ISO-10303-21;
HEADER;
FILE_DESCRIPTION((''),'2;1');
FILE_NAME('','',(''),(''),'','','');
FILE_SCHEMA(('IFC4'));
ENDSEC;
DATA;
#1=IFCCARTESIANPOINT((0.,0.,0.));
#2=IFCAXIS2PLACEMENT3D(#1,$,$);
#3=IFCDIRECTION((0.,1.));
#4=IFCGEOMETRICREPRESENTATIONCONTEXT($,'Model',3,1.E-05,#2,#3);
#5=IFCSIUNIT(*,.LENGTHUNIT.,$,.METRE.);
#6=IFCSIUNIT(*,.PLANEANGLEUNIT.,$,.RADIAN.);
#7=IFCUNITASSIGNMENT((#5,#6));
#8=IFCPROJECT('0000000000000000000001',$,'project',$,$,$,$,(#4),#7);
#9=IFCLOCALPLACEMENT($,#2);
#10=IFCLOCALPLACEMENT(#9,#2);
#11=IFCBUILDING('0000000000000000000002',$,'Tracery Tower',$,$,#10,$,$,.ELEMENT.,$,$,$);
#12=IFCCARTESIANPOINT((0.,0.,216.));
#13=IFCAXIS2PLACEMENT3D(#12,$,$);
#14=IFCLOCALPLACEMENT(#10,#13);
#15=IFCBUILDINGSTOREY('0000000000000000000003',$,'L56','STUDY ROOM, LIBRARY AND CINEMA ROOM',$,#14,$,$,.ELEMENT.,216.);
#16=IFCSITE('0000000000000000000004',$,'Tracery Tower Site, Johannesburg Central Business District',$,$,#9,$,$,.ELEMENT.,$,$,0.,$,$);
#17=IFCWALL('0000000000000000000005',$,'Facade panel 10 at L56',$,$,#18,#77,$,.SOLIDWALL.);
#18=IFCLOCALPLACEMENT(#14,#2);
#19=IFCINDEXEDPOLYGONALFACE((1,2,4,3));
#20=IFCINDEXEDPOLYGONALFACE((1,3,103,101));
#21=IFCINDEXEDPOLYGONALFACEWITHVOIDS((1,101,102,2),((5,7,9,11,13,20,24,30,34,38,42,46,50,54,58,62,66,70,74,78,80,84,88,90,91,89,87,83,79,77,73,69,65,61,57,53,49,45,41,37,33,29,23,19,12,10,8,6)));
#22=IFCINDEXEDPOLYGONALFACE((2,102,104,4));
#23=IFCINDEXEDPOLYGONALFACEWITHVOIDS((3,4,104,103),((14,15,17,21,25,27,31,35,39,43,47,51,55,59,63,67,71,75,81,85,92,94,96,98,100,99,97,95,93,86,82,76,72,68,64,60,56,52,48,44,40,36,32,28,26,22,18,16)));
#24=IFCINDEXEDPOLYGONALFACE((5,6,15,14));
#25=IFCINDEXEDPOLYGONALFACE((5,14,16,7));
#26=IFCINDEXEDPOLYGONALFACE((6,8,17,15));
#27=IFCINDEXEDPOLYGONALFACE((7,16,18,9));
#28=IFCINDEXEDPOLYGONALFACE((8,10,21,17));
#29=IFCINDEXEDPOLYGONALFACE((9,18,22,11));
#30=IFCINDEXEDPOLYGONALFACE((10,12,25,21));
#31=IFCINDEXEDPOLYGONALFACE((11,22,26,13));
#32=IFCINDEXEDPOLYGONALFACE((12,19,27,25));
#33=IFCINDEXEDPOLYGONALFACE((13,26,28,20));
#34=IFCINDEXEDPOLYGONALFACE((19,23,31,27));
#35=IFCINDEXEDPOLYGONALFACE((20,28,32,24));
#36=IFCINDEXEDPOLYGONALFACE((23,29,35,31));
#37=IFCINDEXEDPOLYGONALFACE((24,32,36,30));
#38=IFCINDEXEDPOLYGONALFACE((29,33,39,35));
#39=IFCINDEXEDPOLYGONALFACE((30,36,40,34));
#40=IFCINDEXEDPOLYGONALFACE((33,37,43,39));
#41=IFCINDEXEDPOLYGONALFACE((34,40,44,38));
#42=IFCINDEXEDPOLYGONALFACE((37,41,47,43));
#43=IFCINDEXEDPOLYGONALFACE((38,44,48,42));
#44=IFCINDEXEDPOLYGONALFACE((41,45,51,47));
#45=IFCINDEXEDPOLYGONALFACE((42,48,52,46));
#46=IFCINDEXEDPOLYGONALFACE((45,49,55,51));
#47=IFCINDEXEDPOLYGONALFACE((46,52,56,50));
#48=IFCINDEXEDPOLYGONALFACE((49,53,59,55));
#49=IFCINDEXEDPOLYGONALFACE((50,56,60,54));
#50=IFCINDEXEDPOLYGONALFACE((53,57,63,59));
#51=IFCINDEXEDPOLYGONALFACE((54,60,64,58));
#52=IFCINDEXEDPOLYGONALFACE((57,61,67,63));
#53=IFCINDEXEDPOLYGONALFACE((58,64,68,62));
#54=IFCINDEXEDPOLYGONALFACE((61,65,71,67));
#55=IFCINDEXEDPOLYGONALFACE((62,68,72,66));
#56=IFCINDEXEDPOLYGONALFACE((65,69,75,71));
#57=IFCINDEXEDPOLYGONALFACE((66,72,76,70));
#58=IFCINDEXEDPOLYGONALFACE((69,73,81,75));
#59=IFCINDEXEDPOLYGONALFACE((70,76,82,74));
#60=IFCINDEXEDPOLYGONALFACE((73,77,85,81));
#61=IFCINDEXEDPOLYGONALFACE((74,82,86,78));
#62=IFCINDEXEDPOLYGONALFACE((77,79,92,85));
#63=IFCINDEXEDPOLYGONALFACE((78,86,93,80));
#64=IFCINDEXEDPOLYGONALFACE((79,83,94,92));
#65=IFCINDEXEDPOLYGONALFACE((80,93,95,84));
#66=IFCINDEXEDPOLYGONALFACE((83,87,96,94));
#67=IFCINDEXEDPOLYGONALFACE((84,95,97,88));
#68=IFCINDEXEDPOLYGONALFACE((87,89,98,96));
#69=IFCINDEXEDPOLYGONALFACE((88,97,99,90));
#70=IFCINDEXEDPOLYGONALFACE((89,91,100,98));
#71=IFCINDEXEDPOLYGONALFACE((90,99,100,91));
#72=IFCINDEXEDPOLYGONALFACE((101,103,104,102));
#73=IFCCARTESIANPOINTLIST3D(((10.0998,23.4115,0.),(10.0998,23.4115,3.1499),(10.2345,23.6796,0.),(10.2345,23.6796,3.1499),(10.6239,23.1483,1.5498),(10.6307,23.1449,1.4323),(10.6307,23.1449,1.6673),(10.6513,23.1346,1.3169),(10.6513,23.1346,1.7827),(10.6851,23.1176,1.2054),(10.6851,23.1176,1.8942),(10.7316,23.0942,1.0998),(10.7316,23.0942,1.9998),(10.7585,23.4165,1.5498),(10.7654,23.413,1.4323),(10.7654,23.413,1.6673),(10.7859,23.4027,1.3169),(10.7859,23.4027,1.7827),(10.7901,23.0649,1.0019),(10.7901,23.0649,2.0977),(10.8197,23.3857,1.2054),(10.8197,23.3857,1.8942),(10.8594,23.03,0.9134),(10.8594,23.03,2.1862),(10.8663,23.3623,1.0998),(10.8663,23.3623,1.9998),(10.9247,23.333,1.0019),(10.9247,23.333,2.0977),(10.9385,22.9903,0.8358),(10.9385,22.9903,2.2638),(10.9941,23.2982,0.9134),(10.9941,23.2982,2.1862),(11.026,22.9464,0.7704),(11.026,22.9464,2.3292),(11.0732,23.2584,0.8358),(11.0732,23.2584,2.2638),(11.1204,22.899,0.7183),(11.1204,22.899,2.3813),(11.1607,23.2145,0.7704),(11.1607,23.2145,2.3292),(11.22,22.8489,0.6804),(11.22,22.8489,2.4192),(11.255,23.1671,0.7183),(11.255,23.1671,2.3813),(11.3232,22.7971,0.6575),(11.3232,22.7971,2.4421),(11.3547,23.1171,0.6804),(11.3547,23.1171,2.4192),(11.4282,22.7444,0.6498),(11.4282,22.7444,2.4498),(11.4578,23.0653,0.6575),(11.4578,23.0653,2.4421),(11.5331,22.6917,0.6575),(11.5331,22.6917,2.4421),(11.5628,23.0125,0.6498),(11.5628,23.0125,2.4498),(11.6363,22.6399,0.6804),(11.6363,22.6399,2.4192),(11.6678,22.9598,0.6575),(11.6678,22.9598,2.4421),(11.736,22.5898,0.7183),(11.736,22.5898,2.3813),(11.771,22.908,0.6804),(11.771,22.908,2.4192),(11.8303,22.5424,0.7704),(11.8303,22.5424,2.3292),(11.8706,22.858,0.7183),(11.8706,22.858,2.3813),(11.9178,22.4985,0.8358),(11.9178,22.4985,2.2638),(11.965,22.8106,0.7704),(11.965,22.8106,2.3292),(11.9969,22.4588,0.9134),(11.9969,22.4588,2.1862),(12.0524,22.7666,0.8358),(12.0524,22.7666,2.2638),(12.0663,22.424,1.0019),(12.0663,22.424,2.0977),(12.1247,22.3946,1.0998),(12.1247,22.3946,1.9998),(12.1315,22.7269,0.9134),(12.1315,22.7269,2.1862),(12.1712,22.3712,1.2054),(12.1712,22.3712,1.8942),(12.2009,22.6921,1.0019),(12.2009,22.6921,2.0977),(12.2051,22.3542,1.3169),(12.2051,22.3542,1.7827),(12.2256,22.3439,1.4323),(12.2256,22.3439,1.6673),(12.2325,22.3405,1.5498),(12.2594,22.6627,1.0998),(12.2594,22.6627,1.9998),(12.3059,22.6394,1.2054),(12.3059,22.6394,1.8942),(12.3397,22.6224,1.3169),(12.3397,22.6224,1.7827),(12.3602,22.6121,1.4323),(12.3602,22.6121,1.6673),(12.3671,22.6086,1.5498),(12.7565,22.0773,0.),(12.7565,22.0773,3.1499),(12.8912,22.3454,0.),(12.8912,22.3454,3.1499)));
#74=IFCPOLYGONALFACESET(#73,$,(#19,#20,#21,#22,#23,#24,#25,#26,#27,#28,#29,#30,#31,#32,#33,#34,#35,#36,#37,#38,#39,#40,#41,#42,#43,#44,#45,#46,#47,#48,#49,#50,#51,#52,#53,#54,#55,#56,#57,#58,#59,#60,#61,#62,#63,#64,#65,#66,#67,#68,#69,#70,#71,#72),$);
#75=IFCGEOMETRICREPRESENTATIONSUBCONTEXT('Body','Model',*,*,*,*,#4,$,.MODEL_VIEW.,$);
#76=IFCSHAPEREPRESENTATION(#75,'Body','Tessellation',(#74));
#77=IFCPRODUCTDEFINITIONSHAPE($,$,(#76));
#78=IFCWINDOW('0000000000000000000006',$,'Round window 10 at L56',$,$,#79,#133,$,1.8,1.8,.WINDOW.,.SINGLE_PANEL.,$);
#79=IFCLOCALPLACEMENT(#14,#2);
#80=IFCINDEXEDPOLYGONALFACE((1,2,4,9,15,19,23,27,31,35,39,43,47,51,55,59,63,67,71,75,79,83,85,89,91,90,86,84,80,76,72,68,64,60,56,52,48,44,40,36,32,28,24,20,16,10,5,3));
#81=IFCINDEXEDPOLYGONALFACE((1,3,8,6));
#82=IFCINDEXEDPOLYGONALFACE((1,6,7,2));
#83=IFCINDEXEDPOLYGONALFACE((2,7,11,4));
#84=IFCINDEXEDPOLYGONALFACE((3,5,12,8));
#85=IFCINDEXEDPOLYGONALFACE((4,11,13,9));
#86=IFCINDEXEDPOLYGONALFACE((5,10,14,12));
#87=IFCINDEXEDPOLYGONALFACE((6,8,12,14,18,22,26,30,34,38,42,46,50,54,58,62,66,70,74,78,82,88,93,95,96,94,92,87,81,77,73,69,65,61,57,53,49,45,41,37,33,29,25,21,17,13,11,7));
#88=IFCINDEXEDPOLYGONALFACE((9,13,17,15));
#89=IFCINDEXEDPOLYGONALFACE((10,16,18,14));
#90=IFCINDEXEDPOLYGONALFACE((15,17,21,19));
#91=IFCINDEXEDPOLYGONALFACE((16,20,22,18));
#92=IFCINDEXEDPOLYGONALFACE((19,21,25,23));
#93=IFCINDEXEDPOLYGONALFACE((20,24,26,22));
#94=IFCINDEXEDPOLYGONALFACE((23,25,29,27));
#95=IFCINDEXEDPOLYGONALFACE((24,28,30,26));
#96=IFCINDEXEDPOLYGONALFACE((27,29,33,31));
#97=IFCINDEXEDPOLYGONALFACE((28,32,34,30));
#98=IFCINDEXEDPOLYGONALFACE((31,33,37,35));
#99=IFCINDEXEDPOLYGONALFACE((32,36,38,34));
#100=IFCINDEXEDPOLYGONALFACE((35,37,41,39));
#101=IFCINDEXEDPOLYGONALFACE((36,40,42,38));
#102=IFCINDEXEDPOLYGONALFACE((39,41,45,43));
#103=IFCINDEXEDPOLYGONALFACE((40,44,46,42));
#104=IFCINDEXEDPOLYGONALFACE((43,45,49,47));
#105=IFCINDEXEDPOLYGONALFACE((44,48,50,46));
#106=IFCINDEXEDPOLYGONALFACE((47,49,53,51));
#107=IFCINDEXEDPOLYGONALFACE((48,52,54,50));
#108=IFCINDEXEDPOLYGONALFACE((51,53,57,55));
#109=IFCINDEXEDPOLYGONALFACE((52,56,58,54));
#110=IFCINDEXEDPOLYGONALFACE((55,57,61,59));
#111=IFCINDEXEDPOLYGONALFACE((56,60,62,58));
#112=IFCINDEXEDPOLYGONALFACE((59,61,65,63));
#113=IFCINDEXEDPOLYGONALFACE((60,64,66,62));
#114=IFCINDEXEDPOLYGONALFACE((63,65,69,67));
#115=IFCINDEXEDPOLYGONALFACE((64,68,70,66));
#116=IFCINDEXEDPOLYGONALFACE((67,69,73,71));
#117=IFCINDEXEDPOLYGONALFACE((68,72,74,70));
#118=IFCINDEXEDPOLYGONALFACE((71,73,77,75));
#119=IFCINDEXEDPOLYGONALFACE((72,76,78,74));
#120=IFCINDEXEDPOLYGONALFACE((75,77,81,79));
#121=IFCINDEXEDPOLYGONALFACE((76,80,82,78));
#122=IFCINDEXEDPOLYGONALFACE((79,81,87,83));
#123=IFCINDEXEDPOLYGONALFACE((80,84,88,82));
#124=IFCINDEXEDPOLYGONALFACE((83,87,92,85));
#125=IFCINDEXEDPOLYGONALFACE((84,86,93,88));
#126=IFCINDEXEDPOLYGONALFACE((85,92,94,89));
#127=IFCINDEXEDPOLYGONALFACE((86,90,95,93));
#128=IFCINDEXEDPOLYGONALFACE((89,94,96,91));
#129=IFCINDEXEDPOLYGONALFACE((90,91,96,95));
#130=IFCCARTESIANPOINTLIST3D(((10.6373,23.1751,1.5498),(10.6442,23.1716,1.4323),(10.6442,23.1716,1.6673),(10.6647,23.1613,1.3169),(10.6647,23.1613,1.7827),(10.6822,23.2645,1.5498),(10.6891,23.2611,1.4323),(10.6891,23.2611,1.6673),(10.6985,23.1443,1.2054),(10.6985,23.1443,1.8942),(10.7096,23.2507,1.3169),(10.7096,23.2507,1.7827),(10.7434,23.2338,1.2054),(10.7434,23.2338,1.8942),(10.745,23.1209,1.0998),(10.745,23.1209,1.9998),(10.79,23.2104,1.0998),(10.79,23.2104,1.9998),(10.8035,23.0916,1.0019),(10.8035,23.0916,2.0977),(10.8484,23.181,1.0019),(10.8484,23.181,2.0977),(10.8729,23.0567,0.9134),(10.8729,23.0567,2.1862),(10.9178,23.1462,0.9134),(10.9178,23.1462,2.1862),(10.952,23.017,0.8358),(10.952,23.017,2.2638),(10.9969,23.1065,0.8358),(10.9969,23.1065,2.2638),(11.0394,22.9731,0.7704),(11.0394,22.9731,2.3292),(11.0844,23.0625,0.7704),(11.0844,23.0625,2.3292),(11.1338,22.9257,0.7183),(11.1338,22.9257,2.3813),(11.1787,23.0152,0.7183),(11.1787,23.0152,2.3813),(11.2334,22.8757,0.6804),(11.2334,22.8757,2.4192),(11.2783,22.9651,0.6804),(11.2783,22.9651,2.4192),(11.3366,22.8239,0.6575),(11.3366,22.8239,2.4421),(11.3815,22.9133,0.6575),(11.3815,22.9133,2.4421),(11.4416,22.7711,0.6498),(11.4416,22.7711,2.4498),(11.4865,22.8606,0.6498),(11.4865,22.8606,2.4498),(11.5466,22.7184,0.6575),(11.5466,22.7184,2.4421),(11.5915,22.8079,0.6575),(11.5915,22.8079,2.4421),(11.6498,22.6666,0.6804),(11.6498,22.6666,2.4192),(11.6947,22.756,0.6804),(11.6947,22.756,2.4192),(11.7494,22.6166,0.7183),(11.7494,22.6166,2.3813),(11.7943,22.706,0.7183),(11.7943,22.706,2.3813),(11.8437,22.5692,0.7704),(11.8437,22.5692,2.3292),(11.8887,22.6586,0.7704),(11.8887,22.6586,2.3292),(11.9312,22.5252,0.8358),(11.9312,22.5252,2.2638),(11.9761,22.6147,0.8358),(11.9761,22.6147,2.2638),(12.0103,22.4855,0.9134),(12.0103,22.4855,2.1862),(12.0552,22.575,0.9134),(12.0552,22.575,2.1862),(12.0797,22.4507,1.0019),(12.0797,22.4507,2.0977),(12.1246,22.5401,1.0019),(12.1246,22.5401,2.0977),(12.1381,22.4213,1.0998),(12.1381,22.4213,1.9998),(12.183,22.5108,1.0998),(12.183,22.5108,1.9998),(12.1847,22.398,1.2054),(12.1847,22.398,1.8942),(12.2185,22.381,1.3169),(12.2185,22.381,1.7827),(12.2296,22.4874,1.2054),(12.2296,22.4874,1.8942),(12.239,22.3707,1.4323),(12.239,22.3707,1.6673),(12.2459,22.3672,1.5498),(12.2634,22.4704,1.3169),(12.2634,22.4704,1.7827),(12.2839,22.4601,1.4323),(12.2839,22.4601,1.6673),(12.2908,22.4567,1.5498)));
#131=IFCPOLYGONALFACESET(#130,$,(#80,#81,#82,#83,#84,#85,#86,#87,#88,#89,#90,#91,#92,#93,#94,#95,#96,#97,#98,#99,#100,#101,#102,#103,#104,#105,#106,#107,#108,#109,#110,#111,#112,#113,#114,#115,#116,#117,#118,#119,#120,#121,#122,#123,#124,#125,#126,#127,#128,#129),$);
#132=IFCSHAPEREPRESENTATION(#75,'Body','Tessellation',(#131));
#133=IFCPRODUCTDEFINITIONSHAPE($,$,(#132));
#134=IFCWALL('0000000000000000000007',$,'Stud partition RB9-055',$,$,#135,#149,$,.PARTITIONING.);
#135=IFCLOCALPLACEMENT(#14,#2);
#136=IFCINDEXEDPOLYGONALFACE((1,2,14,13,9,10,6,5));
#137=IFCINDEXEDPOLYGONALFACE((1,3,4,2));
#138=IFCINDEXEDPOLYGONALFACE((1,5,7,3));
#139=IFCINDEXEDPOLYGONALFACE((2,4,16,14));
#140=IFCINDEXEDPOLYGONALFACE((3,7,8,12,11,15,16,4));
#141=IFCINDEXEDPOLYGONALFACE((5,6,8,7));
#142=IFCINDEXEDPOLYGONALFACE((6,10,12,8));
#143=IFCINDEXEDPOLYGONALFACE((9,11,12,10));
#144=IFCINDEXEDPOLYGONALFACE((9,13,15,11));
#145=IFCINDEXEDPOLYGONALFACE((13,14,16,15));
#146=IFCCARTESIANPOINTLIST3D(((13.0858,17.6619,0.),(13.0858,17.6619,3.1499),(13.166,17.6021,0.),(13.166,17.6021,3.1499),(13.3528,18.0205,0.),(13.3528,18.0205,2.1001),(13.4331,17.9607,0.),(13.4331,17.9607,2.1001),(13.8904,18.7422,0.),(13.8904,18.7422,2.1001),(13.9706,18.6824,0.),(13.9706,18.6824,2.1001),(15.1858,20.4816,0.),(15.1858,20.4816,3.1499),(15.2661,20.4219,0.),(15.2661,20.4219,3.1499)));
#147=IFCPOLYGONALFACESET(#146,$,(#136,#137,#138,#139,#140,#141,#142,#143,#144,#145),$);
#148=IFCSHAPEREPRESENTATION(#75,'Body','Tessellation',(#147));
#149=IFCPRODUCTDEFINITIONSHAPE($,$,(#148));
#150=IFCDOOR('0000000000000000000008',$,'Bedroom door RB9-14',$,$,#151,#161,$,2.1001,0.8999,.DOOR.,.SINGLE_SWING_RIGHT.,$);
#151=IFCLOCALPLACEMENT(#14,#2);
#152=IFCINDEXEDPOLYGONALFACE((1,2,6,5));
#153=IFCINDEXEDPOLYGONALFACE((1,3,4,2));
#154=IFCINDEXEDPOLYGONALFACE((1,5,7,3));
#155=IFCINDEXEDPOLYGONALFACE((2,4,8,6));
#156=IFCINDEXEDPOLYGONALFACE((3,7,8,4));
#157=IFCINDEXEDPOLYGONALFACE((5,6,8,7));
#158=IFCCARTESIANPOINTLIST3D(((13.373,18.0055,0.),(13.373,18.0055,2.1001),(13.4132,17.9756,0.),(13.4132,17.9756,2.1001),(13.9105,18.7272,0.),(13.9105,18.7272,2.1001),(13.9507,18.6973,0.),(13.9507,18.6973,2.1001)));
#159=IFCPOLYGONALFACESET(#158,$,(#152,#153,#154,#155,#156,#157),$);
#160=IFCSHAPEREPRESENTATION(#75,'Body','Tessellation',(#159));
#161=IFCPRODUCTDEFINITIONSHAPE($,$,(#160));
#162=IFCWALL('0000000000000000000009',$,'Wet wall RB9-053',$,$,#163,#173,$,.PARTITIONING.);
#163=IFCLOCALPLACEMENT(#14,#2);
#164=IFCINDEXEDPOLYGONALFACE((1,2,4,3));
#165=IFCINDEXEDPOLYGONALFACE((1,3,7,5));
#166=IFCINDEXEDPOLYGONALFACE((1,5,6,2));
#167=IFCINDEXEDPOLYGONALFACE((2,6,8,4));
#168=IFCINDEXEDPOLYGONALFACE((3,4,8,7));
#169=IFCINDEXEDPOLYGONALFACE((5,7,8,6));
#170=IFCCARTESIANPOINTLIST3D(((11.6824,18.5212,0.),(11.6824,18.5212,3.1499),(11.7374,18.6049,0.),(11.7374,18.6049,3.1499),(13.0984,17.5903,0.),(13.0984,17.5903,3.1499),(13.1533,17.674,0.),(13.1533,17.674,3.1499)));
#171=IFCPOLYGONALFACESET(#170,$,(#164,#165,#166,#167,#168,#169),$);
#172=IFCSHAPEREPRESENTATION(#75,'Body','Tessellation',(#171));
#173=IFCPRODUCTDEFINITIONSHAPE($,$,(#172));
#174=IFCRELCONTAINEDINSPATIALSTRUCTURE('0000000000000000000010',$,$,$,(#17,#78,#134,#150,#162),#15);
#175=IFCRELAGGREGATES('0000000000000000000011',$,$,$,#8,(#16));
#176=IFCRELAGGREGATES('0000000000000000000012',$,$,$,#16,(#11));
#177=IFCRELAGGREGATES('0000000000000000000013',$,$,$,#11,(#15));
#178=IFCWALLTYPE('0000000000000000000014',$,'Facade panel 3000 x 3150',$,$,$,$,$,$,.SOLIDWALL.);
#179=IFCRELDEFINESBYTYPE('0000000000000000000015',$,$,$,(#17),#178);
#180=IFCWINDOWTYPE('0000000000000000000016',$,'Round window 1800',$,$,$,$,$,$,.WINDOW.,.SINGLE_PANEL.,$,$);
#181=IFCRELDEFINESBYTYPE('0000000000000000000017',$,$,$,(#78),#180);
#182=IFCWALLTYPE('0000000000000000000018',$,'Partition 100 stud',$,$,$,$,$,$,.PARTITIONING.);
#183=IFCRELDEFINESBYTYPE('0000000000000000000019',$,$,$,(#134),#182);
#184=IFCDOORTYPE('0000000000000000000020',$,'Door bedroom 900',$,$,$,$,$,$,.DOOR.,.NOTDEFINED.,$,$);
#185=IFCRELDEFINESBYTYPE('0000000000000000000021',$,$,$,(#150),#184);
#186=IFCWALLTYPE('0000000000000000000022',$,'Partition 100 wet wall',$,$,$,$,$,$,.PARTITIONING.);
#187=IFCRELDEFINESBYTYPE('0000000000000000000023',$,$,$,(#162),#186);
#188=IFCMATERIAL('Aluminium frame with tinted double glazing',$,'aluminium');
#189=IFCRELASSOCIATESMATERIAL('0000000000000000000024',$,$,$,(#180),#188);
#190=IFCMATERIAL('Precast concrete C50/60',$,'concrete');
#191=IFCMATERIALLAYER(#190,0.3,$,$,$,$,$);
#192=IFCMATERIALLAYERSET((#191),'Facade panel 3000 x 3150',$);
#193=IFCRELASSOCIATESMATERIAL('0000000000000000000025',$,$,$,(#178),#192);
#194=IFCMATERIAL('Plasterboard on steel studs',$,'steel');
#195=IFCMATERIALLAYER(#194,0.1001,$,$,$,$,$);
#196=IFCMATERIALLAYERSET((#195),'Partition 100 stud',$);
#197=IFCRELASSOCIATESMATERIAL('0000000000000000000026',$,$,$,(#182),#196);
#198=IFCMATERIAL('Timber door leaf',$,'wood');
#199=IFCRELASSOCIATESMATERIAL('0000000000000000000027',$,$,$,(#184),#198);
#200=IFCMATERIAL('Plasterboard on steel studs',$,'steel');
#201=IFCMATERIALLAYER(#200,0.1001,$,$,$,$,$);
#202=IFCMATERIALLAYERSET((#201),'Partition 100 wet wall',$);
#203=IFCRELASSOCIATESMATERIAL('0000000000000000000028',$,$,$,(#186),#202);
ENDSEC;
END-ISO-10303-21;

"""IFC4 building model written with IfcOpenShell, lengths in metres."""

from ifc_helpers import new_model, si_unit, direction, frame, frame_2d, origin, origin_2d, place, context, subcontext, project, spatial, rectangle, circle, extrude, material, layer, layer_set, type_object, element, fill, save


model = new_model("IFC4")

# Units and contexts
model_context = context("Model", 3, precision=1e-05, world=origin(), true_north=direction((0.0, 1.0)))
body_context = subcontext(model_context, "Body", "Model", "MODEL_VIEW")
ifc_project = project(units=[si_unit("LENGTHUNIT", "METRE"), si_unit("PLANEANGLEUNIT", "RADIAN")], contexts=[model_context])

# Site, building, storey
site_placement = place(None, origin())
site = spatial("IfcSite", under=ifc_project, at=site_placement, Name="Tracery Tower Site, Johannesburg Central Business District", CompositionType="ELEMENT", RefElevation=0.0)
building_placement = place(site_placement, origin())
building = spatial("IfcBuilding", under=site, at=building_placement, Name="Tracery Tower", CompositionType="ELEMENT")
storey_placement = place(building_placement, frame((0.0, 0.0, 216.0)))
storey = spatial("IfcBuildingStorey", under=building, at=storey_placement, Name="L56", Description="STUDY ROOM, LIBRARY AND CINEMA ROOM", CompositionType="ELEMENT", Elevation=216.0)

# Wall, opening, window
ifc_material_1 = material(Name="Aluminium frame with tinted double glazing", Category="aluminium")
window_type = type_object("IfcWindowType", Name="Round window 1800", PartitioningType="SINGLE_PANEL", PredefinedType="WINDOW", material=ifc_material_1)
ifc_material_2 = material(Name="Precast concrete C50/60", Category="concrete")
ifc_layer_1 = layer(ifc_material_2, 0.3)
ifc_layer_set_1 = layer_set([ifc_layer_1], Name="Facade panel 3000 x 3150")
wall_type_1 = type_object("IfcWallType", Name="Facade panel 3000 x 3150", PredefinedType="SOLIDWALL", material=ifc_layer_set_1)
wall_1_placement = place(storey_placement, frame((12.8237, 22.2114, 0.0), z_axis=(0.0, 0.0, 1.0), x_axis=(-0.893637, 0.44879, 0.0)))
wall_1 = element("IfcWall", 1, at=wall_1_placement, inside=storey, type_object=wall_type_1, Name="Facade panel 10 at L56", PredefinedType="SOLIDWALL", context=body_context, shape_type="SweptSolid", body=[
    extrude(rectangle(XDim=2.9729, YDim=0.3, at=frame_2d((1.4863, 0.0))), origin(), (0.0, 0.0, 1.0), 3.1499),
])
opening_1_placement = place(wall_1_placement, frame((1.4863, 0.0, 1.5498)))
opening_1 = element("IfcOpeningElement", 2, at=opening_1_placement, cuts=wall_1, PredefinedType="OPENING", context=body_context, shape_type="SweptSolid", body=[
    extrude(circle(Radius=0.9, at=origin_2d()), frame((0.0, 0.1599, 0.0), z_axis=(0.0, -1.0, 0.0), x_axis=(1.0, 0.0, 0.0)), (0.0, 0.0, 1.0), 0.3201),
])
window_1_placement = place(opening_1_placement, origin())
window_1 = element("IfcWindow", 3, at=window_1_placement, inside=storey, type_object=window_type, Name="Round window 10 at L56", OverallHeight=1.8, OverallWidth=1.8, PartitioningType="SINGLE_PANEL", PredefinedType="WINDOW", context=body_context, shape_type="SweptSolid", body=[
    extrude(circle(Radius=0.9, at=origin_2d()), frame((0.0, 0.1201, 0.0), z_axis=(0.0, -1.0, 0.0), x_axis=(1.0, 0.0, 0.0)), (0.0, 0.0, 1.0), 0.1001),
])
fill(opening_1, window_1)

# Wall, opening, door
ifc_material_3 = material(Name="Plasterboard on steel studs", Category="steel")
ifc_layer_2 = layer(ifc_material_3, 0.1001)
ifc_layer_set_2 = layer_set([ifc_layer_2], Name="Partition 100 stud")
wall_type_2 = type_object("IfcWallType", Name="Partition 100 stud", PredefinedType="PARTITIONING", material=ifc_layer_set_2)
wall_2_placement = place(storey_placement, frame((13.126, 17.6321, 0.0), z_axis=(0.0, 0.0, 1.0), x_axis=(0.597308, 0.802012, 0.0)))
wall_2 = element("IfcWall", 4, at=wall_2_placement, inside=storey, type_object=wall_type_2, Name="Stud partition RB9-055", PredefinedType="PARTITIONING", context=body_context, shape_type="SweptSolid", body=[
    extrude(rectangle(XDim=3.5159, YDim=0.1001, at=frame_2d((1.7578, 0.0))), origin(), (0.0, 0.0, 1.0), 3.1499),
])
opening_2_placement = place(wall_2_placement, frame((0.447, 0.0, 0.0)))
opening_2 = element("IfcOpeningElement", 5, at=opening_2_placement, cuts=wall_2, PredefinedType="OPENING", context=body_context, shape_type="SweptSolid", body=[
    extrude(rectangle(XDim=0.8999, YDim=2.1001, at=frame_2d((0.45, 1.05))), frame((0.0, 0.05, 0.0), z_axis=(0.0, -1.0, 0.0), x_axis=(1.0, 0.0, 0.0)), (0.0, 0.0, 1.0), 0.1001),
])
ifc_material_4 = material(Name="Timber door leaf", Category="wood")
door_type_1 = type_object("IfcDoorType", Name="Door bedroom 900", OperationType="NOTDEFINED", PredefinedType="DOOR", material=ifc_material_4)
door_1_placement = place(opening_2_placement, origin())
door_1 = element("IfcDoor", 6, at=door_1_placement, inside=storey, type_object=door_type_1, Name="Bedroom door RB9-14", OperationType="SINGLE_SWING_RIGHT", OverallHeight=2.1001, OverallWidth=0.8999, PredefinedType="DOOR", context=body_context, shape_type="SweptSolid", body=[
    extrude(rectangle(XDim=0.8999, YDim=2.1001, at=frame_2d((0.45, 1.05))), frame((0.0, 0.0249, 0.0), z_axis=(0.0, -1.0, 0.0), x_axis=(1.0, 0.0, 0.0)), (0.0, 0.0, 1.0), 0.05),
])
fill(opening_2, door_1)

# Wall
ifc_material_5 = material(Name="Plasterboard on steel studs", Category="steel")
ifc_layer_3 = layer(ifc_material_5, 0.1001)
ifc_layer_set_3 = layer_set([ifc_layer_3], Name="Partition 100 wet wall")
wall_type_3 = type_object("IfcWallType", Name="Partition 100 wet wall", PredefinedType="PARTITIONING", material=ifc_layer_set_3)
wall_3_placement = place(storey_placement, frame((11.71, 18.563, 0.0), z_axis=(0.0, 0.0, 1.0), x_axis=(0.835602, -0.549336, 0.0)))
element("IfcWall", 7, at=wall_3_placement, inside=storey, type_object=wall_type_3, Name="Wet wall RB9-053", PredefinedType="PARTITIONING", context=body_context, shape_type="SweptSolid", body=[
    extrude(rectangle(XDim=1.6946, YDim=0.1001, at=frame_2d((0.8472, 0.0))), origin(), (0.0, 0.0, 1.0), 3.1499),
])

save(model, "model.ifc")
